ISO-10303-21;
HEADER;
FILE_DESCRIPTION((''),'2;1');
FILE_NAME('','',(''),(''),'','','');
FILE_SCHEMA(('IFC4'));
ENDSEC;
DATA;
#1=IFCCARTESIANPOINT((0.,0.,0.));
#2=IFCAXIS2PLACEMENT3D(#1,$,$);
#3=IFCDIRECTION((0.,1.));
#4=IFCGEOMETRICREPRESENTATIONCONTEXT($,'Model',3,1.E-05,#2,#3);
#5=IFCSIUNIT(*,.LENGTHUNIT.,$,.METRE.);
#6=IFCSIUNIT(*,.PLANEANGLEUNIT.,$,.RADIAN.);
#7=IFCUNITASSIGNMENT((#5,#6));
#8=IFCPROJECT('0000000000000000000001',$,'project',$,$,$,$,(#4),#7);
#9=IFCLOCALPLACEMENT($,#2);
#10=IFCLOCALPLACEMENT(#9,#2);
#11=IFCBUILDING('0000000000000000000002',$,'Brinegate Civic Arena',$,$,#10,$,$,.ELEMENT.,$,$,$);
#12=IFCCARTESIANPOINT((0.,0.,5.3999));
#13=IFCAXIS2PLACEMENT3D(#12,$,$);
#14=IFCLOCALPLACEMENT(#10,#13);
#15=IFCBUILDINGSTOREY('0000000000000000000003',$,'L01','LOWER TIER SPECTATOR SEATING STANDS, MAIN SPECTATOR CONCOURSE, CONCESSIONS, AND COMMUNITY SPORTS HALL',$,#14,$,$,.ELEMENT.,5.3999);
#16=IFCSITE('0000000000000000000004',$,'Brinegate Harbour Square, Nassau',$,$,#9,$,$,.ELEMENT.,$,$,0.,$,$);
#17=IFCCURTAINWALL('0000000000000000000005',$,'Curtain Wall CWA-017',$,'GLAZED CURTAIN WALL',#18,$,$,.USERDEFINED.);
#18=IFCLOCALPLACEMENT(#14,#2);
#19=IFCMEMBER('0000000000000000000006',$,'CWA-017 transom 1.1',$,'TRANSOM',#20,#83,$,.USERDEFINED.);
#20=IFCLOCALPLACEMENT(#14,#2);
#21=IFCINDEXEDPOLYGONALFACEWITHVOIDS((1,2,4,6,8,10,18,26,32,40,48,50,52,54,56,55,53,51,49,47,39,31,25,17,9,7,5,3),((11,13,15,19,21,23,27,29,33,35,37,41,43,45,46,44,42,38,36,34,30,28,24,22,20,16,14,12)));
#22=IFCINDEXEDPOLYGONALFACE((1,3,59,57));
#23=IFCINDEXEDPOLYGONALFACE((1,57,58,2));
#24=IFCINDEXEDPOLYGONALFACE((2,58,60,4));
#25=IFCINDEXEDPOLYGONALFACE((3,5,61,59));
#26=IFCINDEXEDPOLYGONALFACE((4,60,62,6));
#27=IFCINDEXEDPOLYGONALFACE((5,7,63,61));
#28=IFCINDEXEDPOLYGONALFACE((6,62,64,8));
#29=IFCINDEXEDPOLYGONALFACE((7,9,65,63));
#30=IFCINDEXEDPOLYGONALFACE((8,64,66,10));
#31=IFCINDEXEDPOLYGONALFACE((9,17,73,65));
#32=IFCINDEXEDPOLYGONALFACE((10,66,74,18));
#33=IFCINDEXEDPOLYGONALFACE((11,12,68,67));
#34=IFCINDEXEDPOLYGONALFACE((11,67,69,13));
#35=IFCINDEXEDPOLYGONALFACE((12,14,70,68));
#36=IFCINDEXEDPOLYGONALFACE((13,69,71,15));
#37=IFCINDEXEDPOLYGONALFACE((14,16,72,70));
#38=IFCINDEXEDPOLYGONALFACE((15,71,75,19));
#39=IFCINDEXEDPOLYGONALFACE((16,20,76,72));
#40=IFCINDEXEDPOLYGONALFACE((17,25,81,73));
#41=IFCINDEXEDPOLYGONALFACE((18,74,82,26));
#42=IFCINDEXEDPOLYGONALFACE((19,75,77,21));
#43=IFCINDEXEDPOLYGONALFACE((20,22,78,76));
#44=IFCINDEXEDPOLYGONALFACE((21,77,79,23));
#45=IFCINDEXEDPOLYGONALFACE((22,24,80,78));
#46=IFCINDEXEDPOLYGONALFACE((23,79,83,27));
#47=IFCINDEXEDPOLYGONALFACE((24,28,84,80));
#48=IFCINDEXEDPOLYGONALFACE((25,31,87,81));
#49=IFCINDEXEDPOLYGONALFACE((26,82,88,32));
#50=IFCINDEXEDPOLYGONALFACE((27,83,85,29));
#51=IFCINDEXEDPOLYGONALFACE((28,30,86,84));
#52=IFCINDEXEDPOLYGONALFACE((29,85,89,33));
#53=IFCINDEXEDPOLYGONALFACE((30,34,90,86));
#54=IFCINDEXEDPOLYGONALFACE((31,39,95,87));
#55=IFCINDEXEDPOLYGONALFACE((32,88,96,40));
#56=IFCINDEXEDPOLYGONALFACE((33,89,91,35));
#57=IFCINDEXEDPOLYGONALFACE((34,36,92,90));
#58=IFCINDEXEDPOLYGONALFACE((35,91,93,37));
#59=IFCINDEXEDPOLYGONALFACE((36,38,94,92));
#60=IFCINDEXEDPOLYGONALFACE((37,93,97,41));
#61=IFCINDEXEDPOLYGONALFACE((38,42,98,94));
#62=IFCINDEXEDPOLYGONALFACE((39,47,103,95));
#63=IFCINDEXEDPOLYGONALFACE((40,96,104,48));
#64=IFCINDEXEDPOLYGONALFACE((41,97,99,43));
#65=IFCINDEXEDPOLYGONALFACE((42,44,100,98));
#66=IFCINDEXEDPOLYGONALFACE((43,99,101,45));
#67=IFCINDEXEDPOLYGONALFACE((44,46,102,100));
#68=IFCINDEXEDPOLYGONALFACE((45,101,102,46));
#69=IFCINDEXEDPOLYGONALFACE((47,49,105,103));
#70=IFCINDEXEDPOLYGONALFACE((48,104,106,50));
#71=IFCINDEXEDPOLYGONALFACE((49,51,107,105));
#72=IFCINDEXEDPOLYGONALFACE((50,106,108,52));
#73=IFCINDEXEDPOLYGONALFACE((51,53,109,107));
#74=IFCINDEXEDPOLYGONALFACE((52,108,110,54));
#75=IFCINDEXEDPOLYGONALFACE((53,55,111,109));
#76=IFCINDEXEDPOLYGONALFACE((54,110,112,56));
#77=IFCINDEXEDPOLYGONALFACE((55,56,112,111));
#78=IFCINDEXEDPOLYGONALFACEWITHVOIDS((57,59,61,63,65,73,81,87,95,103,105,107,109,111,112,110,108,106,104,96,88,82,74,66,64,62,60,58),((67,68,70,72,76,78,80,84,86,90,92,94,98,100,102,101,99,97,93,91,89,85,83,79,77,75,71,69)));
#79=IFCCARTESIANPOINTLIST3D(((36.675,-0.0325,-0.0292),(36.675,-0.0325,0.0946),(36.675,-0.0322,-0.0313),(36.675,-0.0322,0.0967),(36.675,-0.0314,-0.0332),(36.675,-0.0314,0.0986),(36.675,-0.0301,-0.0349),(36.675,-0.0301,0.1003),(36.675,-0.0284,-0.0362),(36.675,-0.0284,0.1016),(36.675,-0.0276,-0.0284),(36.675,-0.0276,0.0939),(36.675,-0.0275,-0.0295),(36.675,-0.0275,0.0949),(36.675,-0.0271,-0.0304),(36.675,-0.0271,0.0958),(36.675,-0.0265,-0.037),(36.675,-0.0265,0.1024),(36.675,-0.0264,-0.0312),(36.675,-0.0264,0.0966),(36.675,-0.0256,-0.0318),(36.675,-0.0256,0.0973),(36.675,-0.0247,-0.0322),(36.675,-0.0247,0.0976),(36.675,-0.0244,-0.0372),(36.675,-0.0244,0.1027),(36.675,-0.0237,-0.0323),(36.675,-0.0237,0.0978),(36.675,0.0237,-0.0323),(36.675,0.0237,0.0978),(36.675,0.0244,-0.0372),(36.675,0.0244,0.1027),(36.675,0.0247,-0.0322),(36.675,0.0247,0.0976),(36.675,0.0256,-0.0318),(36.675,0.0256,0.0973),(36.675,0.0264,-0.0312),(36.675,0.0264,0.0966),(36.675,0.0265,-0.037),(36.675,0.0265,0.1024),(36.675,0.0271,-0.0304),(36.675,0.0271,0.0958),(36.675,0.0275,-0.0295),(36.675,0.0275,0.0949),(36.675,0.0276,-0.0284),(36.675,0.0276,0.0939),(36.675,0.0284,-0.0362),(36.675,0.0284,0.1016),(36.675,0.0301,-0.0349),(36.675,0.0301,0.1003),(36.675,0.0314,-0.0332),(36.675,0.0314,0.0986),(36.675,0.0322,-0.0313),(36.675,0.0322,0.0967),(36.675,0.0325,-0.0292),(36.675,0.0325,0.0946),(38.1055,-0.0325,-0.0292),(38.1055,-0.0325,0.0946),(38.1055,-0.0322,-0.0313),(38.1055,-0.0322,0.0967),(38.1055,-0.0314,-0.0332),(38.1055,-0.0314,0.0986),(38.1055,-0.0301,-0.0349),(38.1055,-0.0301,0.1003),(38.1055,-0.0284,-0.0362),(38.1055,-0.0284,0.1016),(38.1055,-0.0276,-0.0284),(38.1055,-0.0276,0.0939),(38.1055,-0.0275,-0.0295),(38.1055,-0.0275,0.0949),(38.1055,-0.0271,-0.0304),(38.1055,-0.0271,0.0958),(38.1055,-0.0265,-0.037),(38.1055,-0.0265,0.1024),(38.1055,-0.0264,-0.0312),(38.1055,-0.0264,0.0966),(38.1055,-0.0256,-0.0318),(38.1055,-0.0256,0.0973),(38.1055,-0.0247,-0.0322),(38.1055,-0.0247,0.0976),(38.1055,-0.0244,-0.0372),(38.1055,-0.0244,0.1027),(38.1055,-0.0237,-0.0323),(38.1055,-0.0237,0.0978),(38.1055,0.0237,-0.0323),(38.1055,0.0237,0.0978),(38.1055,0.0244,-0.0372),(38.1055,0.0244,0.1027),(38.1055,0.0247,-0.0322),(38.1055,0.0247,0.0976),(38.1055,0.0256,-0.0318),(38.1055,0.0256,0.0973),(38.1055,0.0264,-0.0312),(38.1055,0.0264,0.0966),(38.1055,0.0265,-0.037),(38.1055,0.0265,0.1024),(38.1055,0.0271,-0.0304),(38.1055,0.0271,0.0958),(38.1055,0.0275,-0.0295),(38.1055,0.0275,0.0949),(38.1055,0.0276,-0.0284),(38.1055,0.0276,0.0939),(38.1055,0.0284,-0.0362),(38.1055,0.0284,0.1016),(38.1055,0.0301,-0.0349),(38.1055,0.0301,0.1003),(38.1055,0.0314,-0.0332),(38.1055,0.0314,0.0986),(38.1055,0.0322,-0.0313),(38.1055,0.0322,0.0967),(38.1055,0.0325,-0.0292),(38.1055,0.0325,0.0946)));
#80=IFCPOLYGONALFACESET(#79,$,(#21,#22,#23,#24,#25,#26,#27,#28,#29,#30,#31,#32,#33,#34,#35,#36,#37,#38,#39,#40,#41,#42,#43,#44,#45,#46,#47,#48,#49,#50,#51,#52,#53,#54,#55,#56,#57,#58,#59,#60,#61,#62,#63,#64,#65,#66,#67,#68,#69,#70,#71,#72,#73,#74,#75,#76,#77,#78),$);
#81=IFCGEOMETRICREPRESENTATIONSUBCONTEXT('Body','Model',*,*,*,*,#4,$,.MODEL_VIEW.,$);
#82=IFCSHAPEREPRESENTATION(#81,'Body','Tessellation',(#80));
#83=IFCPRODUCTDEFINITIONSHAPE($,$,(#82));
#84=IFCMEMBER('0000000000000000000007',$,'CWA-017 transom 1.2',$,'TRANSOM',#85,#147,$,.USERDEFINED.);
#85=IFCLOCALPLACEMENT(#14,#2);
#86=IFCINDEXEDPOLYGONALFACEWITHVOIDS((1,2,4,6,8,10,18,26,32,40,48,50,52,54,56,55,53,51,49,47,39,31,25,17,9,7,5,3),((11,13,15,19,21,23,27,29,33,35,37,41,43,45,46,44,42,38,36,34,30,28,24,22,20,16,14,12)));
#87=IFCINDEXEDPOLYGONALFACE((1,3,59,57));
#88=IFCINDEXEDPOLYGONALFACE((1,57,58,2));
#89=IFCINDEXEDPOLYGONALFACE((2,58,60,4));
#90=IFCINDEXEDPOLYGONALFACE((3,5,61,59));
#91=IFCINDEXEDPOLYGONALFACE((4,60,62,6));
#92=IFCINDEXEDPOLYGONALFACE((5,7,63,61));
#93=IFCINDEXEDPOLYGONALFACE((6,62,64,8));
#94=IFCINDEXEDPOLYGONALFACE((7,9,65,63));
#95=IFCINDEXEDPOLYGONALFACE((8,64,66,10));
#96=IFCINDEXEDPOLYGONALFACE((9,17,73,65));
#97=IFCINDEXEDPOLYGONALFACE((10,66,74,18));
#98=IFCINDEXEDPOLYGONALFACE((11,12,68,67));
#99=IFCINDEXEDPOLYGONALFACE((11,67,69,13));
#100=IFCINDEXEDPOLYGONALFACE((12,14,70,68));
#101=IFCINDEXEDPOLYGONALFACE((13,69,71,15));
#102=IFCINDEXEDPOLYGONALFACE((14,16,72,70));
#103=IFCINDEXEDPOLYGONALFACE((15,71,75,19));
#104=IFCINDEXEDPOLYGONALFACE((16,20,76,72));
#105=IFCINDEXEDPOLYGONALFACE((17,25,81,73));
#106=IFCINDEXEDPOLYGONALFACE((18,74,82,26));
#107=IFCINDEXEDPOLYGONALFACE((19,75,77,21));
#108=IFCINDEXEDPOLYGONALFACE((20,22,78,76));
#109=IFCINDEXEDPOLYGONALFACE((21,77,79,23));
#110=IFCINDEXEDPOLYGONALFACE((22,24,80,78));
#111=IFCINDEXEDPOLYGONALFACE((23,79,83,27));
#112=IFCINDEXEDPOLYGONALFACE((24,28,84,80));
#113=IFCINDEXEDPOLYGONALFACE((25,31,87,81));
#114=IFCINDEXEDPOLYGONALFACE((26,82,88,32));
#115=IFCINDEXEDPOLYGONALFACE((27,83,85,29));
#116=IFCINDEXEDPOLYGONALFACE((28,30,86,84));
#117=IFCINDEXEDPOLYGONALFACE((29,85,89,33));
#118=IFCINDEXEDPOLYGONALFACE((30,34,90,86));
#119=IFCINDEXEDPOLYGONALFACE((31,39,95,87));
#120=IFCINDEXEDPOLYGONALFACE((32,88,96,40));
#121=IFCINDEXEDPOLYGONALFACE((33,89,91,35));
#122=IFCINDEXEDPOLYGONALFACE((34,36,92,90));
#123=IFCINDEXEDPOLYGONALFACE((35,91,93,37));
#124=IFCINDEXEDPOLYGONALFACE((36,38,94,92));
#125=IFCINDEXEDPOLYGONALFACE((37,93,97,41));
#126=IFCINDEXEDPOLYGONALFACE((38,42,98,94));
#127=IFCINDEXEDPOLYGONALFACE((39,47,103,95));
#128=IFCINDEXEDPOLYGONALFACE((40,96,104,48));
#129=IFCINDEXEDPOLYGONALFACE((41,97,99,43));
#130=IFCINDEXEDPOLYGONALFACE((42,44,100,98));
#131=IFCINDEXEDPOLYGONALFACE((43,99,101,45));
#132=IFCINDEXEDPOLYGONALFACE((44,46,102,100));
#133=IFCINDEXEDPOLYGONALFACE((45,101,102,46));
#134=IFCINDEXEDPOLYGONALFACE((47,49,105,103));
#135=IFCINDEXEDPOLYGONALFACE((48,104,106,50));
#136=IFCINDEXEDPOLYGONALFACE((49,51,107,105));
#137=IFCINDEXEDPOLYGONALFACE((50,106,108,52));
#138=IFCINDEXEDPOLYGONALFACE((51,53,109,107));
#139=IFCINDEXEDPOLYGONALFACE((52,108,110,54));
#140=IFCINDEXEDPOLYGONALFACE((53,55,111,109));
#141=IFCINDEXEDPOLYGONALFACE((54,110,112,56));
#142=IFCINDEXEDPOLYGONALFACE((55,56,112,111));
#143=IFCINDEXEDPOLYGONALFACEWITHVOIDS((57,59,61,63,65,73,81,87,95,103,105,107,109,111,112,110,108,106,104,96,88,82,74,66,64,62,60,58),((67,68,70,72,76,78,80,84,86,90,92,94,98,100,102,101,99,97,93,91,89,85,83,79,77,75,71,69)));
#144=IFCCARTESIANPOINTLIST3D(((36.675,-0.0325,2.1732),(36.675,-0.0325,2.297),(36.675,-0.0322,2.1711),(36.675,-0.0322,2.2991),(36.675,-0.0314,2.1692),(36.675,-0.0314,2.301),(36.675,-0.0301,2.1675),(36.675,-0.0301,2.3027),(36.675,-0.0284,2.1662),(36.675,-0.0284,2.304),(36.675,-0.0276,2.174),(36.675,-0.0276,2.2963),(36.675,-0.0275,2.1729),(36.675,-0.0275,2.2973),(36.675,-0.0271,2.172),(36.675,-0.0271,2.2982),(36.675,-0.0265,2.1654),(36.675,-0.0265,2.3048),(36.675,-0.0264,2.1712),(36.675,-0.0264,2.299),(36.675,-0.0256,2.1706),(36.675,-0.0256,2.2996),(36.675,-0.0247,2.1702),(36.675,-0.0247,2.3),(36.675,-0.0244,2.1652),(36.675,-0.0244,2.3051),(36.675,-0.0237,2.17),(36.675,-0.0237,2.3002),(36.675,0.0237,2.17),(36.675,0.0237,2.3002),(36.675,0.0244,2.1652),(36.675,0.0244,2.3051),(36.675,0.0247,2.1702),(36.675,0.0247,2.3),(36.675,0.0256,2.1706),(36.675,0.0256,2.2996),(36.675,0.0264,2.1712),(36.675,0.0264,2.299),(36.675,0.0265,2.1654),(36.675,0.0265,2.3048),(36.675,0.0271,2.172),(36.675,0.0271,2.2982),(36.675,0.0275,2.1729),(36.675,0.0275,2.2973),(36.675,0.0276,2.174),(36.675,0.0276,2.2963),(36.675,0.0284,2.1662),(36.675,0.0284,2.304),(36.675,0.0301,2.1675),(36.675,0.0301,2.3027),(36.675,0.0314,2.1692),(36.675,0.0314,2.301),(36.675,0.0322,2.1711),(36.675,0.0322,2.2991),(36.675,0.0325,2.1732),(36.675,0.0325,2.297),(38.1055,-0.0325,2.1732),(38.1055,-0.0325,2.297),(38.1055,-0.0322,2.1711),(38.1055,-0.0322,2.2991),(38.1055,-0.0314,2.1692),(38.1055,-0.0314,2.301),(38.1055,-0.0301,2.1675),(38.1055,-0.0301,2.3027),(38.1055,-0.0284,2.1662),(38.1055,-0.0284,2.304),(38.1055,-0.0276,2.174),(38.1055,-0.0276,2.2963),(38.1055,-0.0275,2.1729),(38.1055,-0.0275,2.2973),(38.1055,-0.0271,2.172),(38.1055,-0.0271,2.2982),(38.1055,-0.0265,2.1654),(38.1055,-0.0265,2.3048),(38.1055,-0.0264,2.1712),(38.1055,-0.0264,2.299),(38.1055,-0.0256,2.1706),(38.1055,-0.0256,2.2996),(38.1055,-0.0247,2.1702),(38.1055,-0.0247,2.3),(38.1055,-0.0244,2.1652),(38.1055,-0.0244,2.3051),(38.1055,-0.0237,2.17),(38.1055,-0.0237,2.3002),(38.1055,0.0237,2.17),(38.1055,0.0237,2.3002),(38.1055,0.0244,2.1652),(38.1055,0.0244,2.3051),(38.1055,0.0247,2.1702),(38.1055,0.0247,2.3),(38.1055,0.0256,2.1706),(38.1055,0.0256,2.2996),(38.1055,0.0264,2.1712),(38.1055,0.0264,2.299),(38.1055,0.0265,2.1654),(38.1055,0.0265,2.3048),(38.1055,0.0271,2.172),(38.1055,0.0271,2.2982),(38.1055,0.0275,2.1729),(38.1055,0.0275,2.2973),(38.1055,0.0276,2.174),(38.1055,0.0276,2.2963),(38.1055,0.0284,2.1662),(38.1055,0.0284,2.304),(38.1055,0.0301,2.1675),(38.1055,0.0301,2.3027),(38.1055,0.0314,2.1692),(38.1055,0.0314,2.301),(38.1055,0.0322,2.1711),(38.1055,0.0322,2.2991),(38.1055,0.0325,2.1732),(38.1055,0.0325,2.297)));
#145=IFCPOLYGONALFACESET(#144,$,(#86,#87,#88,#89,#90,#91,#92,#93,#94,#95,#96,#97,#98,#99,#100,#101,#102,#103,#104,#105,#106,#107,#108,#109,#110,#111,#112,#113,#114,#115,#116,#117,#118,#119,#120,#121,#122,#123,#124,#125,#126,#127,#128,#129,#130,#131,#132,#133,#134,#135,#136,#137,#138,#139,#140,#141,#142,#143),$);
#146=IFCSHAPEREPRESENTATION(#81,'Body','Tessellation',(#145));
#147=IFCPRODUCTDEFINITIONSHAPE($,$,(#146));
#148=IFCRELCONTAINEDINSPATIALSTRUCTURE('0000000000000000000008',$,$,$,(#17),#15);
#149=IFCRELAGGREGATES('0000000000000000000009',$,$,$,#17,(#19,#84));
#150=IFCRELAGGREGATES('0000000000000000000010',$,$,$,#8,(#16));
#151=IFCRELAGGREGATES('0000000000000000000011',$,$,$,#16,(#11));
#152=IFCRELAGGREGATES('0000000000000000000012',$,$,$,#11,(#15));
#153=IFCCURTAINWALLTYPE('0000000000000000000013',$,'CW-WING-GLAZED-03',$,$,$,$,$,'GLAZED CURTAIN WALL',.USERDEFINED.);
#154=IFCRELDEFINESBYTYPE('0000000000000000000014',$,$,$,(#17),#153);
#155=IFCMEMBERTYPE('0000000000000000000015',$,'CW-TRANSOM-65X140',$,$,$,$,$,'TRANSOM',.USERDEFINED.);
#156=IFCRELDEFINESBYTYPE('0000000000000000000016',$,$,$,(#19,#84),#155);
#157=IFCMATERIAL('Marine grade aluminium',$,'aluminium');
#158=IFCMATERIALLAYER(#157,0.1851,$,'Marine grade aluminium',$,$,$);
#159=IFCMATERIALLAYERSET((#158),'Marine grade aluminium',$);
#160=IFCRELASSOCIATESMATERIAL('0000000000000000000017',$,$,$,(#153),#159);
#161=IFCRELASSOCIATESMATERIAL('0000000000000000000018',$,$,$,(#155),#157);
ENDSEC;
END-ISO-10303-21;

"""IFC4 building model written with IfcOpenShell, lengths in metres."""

from ifc_helpers import new_model, si_unit, direction, frame, origin, origin_2d, place, context, subcontext, project, spatial, hollow_rectangle, extrude, material, layer, layer_set, material_profile, profile_set, type_object, element, aggregate, save


model = new_model("IFC4")

# Units and contexts
model_context = context("Model", 3, precision=1e-05, world=origin(), true_north=direction((0.0, 1.0)))
body_context = subcontext(model_context, "Body", "Model", "MODEL_VIEW")
ifc_project = project(units=[si_unit("LENGTHUNIT", "METRE"), si_unit("PLANEANGLEUNIT", "RADIAN")], contexts=[model_context])

# Site, building, storey
site_placement = place(None, origin())
site = spatial("IfcSite", under=ifc_project, at=site_placement, Name="Brinegate Harbour Square, Nassau", CompositionType="ELEMENT", RefElevation=0.0)
building_placement = place(site_placement, origin())
building = spatial("IfcBuilding", under=site, at=building_placement, Name="Brinegate Civic Arena", CompositionType="ELEMENT")
storey_placement = place(building_placement, frame((0.0, 0.0, 5.3999)))
storey = spatial("IfcBuildingStorey", under=building, at=storey_placement, Name="L01", Description="LOWER TIER SPECTATOR SEATING STANDS, MAIN SPECTATOR CONCOURSE, CONCESSIONS, AND COMMUNITY SPORTS HALL", CompositionType="ELEMENT", Elevation=5.3999)

# Curtain wall, members
ifc_material_1 = material(Name="Marine grade aluminium", Category="aluminium")
ifc_layer_1 = layer(ifc_material_1, 0.1851, Name="Marine grade aluminium")
ifc_layer_set_1 = layer_set([ifc_layer_1], Name="Marine grade aluminium")
curtain_wall_type = type_object("IfcCurtainWallType", Name="CW-WING-GLAZED-03", ElementType="GLAZED CURTAIN WALL", PredefinedType="USERDEFINED", material=ifc_layer_set_1)
curtain_wall_placement = place(storey_placement, origin())
curtain_wall = element("IfcCurtainWall", 1, at=curtain_wall_placement, inside=storey, type_object=curtain_wall_type, Name="Curtain Wall CWA-017", ObjectType="GLAZED CURTAIN WALL", PredefinedType="USERDEFINED")
ifc_material_profile_1 = material_profile(ifc_material_1, hollow_rectangle(XDim=0.0649, YDim=0.1399, WallThickness=0.0049, InnerFilletRadius=0.0039, OuterFilletRadius=0.0081, at=origin_2d()), Name="TRN65X140")
ifc_profile_set_1 = profile_set([ifc_material_profile_1], Name="Marine grade aluminium")
member_type_1 = type_object("IfcMemberType", Name="CW-TRANSOM-65X140", ElementType="TRANSOM", PredefinedType="USERDEFINED", material=ifc_profile_set_1)
member_1_placement = place(storey_placement, frame((36.675, 0.0, 0.0327), z_axis=(1.0, 0.0, 0.0), x_axis=(0.0, 1.0, 0.0)))
member_1 = element("IfcMember", 2, at=member_1_placement, type_object=member_type_1, Name="CWA-017 transom 1.1", ObjectType="TRANSOM", PredefinedType="USERDEFINED", context=body_context, shape_type="SweptSolid", body=[
    extrude(hollow_rectangle(XDim=0.0649, YDim=0.1399, WallThickness=0.0049, InnerFilletRadius=0.0039, OuterFilletRadius=0.0081, at=origin_2d()), origin(), (0.0, 0.0, 1.0), 1.4304),
])
member_2_placement = place(storey_placement, frame((36.675, 0.0, 2.2351), z_axis=(1.0, 0.0, 0.0), x_axis=(0.0, 1.0, 0.0)))
member_2 = element("IfcMember", 3, at=member_2_placement, type_object=member_type_1, Name="CWA-017 transom 1.2", ObjectType="TRANSOM", PredefinedType="USERDEFINED", context=body_context, shape_type="SweptSolid", body=[
    extrude(hollow_rectangle(XDim=0.0649, YDim=0.1399, WallThickness=0.0049, InnerFilletRadius=0.0039, OuterFilletRadius=0.0081, at=origin_2d()), origin(), (0.0, 0.0, 1.0), 1.4304),
])

aggregate(curtain_wall, [member_1, member_2])

save(model, "model.ifc")
